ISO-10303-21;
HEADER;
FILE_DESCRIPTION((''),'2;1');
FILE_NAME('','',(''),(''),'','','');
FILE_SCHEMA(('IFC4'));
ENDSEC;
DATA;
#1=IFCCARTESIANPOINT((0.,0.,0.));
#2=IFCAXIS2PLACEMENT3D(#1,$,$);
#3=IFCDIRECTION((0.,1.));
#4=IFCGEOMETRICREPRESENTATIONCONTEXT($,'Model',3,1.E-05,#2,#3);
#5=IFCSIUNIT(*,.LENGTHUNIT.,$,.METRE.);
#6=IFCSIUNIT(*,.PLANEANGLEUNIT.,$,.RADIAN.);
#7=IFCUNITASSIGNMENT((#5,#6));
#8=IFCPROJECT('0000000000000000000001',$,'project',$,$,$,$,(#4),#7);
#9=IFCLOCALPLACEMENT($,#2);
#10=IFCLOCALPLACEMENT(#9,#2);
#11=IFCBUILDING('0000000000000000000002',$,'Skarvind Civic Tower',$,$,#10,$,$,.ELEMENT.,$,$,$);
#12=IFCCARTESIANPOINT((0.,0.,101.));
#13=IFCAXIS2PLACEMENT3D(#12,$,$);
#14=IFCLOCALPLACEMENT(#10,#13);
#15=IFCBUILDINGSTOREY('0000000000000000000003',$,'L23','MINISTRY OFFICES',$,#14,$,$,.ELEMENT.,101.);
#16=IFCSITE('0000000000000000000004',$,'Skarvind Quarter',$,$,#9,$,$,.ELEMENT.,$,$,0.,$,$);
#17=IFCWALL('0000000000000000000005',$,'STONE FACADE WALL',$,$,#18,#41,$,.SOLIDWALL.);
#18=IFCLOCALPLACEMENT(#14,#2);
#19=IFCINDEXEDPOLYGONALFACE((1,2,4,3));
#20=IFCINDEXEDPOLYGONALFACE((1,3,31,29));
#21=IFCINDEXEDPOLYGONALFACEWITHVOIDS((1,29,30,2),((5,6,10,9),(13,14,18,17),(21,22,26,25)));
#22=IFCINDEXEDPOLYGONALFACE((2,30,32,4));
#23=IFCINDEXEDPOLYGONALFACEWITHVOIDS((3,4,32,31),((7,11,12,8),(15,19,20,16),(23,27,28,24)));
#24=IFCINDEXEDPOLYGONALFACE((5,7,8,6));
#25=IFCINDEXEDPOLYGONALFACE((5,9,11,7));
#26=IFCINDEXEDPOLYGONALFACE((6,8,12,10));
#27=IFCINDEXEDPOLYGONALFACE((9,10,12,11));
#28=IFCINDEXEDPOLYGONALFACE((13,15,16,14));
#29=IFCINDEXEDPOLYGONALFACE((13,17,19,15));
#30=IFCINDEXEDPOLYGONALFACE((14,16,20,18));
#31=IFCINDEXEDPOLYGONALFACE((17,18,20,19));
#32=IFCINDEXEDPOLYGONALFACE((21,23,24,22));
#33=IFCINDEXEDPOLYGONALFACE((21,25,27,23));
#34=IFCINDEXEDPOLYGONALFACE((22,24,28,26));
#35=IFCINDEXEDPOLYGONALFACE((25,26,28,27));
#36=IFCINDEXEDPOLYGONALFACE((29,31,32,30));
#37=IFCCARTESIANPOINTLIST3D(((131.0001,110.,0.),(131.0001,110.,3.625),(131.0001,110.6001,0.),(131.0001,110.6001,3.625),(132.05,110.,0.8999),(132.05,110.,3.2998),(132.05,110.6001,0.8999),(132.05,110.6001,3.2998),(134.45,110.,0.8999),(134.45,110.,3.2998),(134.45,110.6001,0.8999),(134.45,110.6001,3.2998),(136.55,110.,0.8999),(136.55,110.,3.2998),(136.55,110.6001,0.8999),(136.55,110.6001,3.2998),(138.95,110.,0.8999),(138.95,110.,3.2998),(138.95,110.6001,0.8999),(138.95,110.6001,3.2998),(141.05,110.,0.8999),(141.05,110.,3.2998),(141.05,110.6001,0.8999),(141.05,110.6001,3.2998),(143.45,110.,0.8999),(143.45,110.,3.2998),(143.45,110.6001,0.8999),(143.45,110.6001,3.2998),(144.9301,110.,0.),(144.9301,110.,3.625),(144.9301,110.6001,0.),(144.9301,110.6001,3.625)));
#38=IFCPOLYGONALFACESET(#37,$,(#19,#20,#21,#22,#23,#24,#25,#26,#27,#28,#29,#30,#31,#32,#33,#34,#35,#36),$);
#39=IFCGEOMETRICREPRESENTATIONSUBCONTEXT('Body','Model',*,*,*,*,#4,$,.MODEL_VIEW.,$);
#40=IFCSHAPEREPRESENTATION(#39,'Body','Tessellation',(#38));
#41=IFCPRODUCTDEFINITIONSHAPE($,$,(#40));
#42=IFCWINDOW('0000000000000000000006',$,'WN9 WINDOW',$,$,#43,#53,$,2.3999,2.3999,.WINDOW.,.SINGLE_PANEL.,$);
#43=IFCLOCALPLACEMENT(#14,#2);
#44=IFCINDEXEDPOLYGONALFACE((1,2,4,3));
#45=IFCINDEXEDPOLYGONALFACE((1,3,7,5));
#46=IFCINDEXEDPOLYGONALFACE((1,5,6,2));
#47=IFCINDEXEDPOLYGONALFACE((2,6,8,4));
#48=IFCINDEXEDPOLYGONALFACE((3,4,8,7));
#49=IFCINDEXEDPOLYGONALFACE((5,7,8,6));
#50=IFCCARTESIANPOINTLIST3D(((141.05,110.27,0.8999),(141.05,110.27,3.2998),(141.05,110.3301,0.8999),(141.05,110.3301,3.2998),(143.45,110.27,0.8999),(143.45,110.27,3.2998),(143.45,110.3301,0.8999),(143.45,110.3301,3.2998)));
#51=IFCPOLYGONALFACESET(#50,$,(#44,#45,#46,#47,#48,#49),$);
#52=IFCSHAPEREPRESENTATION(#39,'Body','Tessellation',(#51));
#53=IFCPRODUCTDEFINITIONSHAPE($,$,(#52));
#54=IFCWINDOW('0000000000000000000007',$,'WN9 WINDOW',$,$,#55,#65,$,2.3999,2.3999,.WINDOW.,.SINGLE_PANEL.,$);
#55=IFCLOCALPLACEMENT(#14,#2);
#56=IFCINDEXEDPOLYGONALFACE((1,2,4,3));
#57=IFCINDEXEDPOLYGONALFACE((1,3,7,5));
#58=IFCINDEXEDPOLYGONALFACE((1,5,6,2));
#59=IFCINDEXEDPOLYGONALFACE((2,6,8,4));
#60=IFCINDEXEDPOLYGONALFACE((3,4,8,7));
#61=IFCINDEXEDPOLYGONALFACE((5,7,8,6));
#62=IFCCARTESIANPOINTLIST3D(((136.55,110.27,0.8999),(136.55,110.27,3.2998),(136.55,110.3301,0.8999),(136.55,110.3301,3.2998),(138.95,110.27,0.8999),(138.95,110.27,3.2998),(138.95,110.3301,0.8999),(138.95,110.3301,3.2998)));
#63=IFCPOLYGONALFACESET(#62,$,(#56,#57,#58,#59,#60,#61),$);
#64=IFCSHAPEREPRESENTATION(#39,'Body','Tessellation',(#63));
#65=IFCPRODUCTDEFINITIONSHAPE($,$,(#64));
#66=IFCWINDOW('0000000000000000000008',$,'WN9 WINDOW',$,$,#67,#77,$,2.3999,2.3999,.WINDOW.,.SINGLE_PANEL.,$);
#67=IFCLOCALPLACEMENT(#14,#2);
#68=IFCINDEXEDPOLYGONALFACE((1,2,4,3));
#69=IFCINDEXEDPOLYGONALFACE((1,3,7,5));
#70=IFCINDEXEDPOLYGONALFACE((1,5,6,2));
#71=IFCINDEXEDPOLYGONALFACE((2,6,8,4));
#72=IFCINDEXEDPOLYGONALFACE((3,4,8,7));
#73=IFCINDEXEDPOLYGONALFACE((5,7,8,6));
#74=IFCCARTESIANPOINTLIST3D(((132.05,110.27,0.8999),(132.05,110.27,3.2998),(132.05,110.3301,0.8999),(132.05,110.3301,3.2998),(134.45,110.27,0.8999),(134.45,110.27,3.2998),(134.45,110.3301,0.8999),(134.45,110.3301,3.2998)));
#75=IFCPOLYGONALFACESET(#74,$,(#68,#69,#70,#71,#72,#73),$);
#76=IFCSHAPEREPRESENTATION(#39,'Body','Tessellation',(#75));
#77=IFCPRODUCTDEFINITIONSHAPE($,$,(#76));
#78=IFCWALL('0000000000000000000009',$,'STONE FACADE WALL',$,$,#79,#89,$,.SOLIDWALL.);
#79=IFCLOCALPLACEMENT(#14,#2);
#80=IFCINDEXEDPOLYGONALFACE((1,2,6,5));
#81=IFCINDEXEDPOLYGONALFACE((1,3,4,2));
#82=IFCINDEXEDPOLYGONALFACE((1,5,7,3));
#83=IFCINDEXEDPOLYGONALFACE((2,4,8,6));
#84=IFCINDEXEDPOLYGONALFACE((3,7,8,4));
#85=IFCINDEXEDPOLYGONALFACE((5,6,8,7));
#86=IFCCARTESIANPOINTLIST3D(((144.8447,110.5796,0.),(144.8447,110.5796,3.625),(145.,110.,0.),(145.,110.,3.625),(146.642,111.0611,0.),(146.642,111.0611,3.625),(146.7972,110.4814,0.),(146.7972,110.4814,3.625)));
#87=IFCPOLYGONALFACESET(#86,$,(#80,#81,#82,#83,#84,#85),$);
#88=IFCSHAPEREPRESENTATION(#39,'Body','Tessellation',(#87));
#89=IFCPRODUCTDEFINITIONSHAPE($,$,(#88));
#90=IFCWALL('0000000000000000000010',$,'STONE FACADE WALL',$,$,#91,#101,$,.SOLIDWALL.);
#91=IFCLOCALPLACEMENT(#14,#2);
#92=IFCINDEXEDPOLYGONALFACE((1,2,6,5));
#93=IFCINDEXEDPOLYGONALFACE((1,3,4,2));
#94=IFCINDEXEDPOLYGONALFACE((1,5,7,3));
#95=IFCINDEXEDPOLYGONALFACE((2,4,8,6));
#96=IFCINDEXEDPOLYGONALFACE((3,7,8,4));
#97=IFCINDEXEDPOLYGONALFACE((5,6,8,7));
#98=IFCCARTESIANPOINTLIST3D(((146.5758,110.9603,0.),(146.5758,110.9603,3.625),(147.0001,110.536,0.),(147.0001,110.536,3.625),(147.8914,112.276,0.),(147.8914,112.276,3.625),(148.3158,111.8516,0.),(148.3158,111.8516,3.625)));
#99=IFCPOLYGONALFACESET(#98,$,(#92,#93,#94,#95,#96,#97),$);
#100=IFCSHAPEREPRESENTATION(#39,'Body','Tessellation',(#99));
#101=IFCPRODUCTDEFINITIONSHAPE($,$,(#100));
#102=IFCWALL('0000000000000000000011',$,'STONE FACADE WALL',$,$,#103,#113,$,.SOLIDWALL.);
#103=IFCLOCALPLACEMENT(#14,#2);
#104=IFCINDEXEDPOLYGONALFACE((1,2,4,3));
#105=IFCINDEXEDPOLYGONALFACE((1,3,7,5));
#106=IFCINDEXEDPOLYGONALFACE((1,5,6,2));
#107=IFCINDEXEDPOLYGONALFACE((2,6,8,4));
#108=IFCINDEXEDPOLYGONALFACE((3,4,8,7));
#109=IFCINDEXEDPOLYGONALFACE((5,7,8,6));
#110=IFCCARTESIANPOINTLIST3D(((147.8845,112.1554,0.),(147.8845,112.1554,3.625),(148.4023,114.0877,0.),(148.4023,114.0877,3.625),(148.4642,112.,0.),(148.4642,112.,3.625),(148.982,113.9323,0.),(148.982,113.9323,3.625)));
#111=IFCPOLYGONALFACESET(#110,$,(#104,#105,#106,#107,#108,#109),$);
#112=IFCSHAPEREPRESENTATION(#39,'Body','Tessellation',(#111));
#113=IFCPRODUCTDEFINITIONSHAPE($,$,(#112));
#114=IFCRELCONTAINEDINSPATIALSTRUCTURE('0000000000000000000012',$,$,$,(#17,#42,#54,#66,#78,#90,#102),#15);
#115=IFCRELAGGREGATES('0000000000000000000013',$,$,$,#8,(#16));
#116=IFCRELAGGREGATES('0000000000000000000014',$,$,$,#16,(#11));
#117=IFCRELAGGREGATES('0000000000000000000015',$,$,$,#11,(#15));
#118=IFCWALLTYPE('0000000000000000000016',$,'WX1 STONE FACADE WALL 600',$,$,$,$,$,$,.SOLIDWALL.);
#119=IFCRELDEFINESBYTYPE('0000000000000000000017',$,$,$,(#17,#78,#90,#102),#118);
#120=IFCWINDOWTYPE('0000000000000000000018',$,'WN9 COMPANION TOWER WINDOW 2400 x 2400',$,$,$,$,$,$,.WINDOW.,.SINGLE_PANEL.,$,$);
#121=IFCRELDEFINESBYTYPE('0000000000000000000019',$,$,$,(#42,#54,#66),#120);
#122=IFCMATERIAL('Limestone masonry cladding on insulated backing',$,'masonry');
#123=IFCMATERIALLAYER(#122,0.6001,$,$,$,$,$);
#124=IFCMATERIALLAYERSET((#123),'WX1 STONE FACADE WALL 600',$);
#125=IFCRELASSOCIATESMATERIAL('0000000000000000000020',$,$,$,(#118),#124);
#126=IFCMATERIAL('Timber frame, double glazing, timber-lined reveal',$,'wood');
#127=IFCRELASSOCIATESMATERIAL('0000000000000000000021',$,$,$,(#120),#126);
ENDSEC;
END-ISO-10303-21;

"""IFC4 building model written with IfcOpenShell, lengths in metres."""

from ifc_helpers import new_model, si_unit, direction, frame, frame_2d, origin, place, context, subcontext, project, spatial, rectangle, extrude, material, layer, layer_set, type_object, element, fill, save


model = new_model("IFC4")

# Units and contexts
model_context = context("Model", 3, precision=1e-05, world=origin(), true_north=direction((0.0, 1.0)))
body_context = subcontext(model_context, "Body", "Model", "MODEL_VIEW")
ifc_project = project(units=[si_unit("LENGTHUNIT", "METRE"), si_unit("PLANEANGLEUNIT", "RADIAN")], contexts=[model_context])

# Site, building, storey
site_placement = place(None, origin())
site = spatial("IfcSite", under=ifc_project, at=site_placement, Name="Skarvind Quarter", CompositionType="ELEMENT", RefElevation=0.0)
building_placement = place(site_placement, origin())
building = spatial("IfcBuilding", under=site, at=building_placement, Name="Skarvind Civic Tower", CompositionType="ELEMENT")
storey_placement = place(building_placement, frame((0.0, 0.0, 101.0)))
storey = spatial("IfcBuildingStorey", under=building, at=storey_placement, Name="L23", Description="MINISTRY OFFICES", CompositionType="ELEMENT", Elevation=101.0)

# Wall, openings, windows
ifc_material_1 = material(Name="Limestone masonry cladding on insulated backing", Category="masonry")
ifc_layer_1 = layer(ifc_material_1, 0.6001)
ifc_layer_set_1 = layer_set([ifc_layer_1], Name="WX1 STONE FACADE WALL 600")
wall_type_1 = type_object("IfcWallType", Name="WX1 STONE FACADE WALL 600", PredefinedType="SOLIDWALL", material=ifc_layer_set_1)
wall_1_placement = place(storey_placement, frame((144.9299, 110.3, 0.0), z_axis=(0.0, 0.0, 1.0), x_axis=(-1.0, 0.0, 0.0)))
wall_1 = element("IfcWall", 1, at=wall_1_placement, inside=storey, type_object=wall_type_1, Name="STONE FACADE WALL", PredefinedType="SOLIDWALL", context=body_context, shape_type="SweptSolid", body=[
    extrude(rectangle(XDim=13.9299, YDim=0.6001, at=frame_2d((6.9648, 0.0))), origin(), (0.0, 0.0, 1.0), 3.625),
])
opening_1_placement = place(wall_1_placement, frame((1.48, 0.0, 0.8999)))
opening_1 = element("IfcOpeningElement", 2, at=opening_1_placement, cuts=wall_1, PredefinedType="OPENING", context=body_context, shape_type="SweptSolid", body=[
    extrude(rectangle(XDim=2.3999, YDim=2.3999, at=frame_2d((1.2, 1.2))), frame((0.0, 0.3101, 0.0), z_axis=(0.0, -1.0, 0.0), x_axis=(1.0, 0.0, 0.0)), (0.0, 0.0, 1.0), 0.6201),
])
opening_2_placement = place(wall_1_placement, frame((5.98, 0.0, 0.8999)))
opening_2 = element("IfcOpeningElement", 3, at=opening_2_placement, cuts=wall_1, PredefinedType="OPENING", context=body_context, shape_type="SweptSolid", body=[
    extrude(rectangle(XDim=2.3999, YDim=2.3999, at=frame_2d((1.2, 1.2))), frame((0.0, 0.3101, 0.0), z_axis=(0.0, -1.0, 0.0), x_axis=(1.0, 0.0, 0.0)), (0.0, 0.0, 1.0), 0.6201),
])
opening_3_placement = place(wall_1_placement, frame((10.48, 0.0, 0.8999)))
opening_3 = element("IfcOpeningElement", 4, at=opening_3_placement, cuts=wall_1, PredefinedType="OPENING", context=body_context, shape_type="SweptSolid", body=[
    extrude(rectangle(XDim=2.3999, YDim=2.3999, at=frame_2d((1.2, 1.2))), frame((0.0, 0.3101, 0.0), z_axis=(0.0, -1.0, 0.0), x_axis=(1.0, 0.0, 0.0)), (0.0, 0.0, 1.0), 0.6201),
])
ifc_material_2 = material(Name="Timber frame, double glazing, timber-lined reveal", Category="wood")
window_type = type_object("IfcWindowType", Name="WN9 COMPANION TOWER WINDOW 2400 x 2400", PartitioningType="SINGLE_PANEL", PredefinedType="WINDOW", material=ifc_material_2)
window_1_placement = place(opening_1_placement, origin())
window_1 = element("IfcWindow", 5, at=window_1_placement, inside=storey, type_object=window_type, Name="WN9 WINDOW", OverallHeight=2.3999, OverallWidth=2.3999, PartitioningType="SINGLE_PANEL", PredefinedType="WINDOW", context=body_context, shape_type="SweptSolid", body=[
    extrude(rectangle(XDim=2.3999, YDim=2.3999, at=frame_2d((1.2, 1.2))), frame((0.0, 0.03, 0.0), z_axis=(0.0, -1.0, 0.0), x_axis=(1.0, 0.0, 0.0)), (0.0, 0.0, 1.0), 0.0601),
])
fill(opening_1, window_1)
window_2_placement = place(opening_2_placement, origin())
window_2 = element("IfcWindow", 6, at=window_2_placement, inside=storey, type_object=window_type, Name="WN9 WINDOW", OverallHeight=2.3999, OverallWidth=2.3999, PartitioningType="SINGLE_PANEL", PredefinedType="WINDOW", context=body_context, shape_type="SweptSolid", body=[
    extrude(rectangle(XDim=2.3999, YDim=2.3999, at=frame_2d((1.2, 1.2))), frame((0.0, 0.03, 0.0), z_axis=(0.0, -1.0, 0.0), x_axis=(1.0, 0.0, 0.0)), (0.0, 0.0, 1.0), 0.0601),
])
fill(opening_2, window_2)
window_3_placement = place(opening_3_placement, origin())
window_3 = element("IfcWindow", 7, at=window_3_placement, inside=storey, type_object=window_type, Name="WN9 WINDOW", OverallHeight=2.3999, OverallWidth=2.3999, PartitioningType="SINGLE_PANEL", PredefinedType="WINDOW", context=body_context, shape_type="SweptSolid", body=[
    extrude(rectangle(XDim=2.3999, YDim=2.3999, at=frame_2d((1.2, 1.2))), frame((0.0, 0.03, 0.0), z_axis=(0.0, -1.0, 0.0), x_axis=(1.0, 0.0, 0.0)), (0.0, 0.0, 1.0), 0.0601),
])
fill(opening_3, window_3)

# Walls
for number, where, z_axis, x_axis, name in (
    (8, (146.7195, 110.7712, 0.0), (0.0, 0.0, 1.0), (-0.965938, -0.258773, 0.0), "STONE FACADE WALL"),
    (9, (148.1035, 112.0637, 0.0), (0.0, 0.0, 1.0), (-0.707107, -0.707107, 0.0), "STONE FACADE WALL"),
):
    element("IfcWall", number, at=place(storey_placement, frame(where, z_axis=z_axis, x_axis=x_axis)), inside=storey, type_object=wall_type_1, Name=name, PredefinedType="SOLIDWALL", context=body_context, shape_type="SweptSolid", body=[
        extrude(rectangle(XDim=1.8606, YDim=0.6001, at=frame_2d((0.9302, 0.0))), origin(), (0.0, 0.0, 1.0), 3.625),
    ])
wall_2_placement = place(storey_placement, frame((148.6921, 114.01, 0.0), z_axis=(0.0, 0.0, 1.0), x_axis=(-0.25884, -0.96592, 0.0)))
element("IfcWall", 10, at=wall_2_placement, inside=storey, type_object=wall_type_1, Name="STONE FACADE WALL", PredefinedType="SOLIDWALL", context=body_context, shape_type="SweptSolid", body=[
    extrude(rectangle(XDim=2.0005, YDim=0.6001, at=frame_2d((1.0002, 0.0))), origin(), (0.0, 0.0, 1.0), 3.625),
])

save(model, "model.ifc")
